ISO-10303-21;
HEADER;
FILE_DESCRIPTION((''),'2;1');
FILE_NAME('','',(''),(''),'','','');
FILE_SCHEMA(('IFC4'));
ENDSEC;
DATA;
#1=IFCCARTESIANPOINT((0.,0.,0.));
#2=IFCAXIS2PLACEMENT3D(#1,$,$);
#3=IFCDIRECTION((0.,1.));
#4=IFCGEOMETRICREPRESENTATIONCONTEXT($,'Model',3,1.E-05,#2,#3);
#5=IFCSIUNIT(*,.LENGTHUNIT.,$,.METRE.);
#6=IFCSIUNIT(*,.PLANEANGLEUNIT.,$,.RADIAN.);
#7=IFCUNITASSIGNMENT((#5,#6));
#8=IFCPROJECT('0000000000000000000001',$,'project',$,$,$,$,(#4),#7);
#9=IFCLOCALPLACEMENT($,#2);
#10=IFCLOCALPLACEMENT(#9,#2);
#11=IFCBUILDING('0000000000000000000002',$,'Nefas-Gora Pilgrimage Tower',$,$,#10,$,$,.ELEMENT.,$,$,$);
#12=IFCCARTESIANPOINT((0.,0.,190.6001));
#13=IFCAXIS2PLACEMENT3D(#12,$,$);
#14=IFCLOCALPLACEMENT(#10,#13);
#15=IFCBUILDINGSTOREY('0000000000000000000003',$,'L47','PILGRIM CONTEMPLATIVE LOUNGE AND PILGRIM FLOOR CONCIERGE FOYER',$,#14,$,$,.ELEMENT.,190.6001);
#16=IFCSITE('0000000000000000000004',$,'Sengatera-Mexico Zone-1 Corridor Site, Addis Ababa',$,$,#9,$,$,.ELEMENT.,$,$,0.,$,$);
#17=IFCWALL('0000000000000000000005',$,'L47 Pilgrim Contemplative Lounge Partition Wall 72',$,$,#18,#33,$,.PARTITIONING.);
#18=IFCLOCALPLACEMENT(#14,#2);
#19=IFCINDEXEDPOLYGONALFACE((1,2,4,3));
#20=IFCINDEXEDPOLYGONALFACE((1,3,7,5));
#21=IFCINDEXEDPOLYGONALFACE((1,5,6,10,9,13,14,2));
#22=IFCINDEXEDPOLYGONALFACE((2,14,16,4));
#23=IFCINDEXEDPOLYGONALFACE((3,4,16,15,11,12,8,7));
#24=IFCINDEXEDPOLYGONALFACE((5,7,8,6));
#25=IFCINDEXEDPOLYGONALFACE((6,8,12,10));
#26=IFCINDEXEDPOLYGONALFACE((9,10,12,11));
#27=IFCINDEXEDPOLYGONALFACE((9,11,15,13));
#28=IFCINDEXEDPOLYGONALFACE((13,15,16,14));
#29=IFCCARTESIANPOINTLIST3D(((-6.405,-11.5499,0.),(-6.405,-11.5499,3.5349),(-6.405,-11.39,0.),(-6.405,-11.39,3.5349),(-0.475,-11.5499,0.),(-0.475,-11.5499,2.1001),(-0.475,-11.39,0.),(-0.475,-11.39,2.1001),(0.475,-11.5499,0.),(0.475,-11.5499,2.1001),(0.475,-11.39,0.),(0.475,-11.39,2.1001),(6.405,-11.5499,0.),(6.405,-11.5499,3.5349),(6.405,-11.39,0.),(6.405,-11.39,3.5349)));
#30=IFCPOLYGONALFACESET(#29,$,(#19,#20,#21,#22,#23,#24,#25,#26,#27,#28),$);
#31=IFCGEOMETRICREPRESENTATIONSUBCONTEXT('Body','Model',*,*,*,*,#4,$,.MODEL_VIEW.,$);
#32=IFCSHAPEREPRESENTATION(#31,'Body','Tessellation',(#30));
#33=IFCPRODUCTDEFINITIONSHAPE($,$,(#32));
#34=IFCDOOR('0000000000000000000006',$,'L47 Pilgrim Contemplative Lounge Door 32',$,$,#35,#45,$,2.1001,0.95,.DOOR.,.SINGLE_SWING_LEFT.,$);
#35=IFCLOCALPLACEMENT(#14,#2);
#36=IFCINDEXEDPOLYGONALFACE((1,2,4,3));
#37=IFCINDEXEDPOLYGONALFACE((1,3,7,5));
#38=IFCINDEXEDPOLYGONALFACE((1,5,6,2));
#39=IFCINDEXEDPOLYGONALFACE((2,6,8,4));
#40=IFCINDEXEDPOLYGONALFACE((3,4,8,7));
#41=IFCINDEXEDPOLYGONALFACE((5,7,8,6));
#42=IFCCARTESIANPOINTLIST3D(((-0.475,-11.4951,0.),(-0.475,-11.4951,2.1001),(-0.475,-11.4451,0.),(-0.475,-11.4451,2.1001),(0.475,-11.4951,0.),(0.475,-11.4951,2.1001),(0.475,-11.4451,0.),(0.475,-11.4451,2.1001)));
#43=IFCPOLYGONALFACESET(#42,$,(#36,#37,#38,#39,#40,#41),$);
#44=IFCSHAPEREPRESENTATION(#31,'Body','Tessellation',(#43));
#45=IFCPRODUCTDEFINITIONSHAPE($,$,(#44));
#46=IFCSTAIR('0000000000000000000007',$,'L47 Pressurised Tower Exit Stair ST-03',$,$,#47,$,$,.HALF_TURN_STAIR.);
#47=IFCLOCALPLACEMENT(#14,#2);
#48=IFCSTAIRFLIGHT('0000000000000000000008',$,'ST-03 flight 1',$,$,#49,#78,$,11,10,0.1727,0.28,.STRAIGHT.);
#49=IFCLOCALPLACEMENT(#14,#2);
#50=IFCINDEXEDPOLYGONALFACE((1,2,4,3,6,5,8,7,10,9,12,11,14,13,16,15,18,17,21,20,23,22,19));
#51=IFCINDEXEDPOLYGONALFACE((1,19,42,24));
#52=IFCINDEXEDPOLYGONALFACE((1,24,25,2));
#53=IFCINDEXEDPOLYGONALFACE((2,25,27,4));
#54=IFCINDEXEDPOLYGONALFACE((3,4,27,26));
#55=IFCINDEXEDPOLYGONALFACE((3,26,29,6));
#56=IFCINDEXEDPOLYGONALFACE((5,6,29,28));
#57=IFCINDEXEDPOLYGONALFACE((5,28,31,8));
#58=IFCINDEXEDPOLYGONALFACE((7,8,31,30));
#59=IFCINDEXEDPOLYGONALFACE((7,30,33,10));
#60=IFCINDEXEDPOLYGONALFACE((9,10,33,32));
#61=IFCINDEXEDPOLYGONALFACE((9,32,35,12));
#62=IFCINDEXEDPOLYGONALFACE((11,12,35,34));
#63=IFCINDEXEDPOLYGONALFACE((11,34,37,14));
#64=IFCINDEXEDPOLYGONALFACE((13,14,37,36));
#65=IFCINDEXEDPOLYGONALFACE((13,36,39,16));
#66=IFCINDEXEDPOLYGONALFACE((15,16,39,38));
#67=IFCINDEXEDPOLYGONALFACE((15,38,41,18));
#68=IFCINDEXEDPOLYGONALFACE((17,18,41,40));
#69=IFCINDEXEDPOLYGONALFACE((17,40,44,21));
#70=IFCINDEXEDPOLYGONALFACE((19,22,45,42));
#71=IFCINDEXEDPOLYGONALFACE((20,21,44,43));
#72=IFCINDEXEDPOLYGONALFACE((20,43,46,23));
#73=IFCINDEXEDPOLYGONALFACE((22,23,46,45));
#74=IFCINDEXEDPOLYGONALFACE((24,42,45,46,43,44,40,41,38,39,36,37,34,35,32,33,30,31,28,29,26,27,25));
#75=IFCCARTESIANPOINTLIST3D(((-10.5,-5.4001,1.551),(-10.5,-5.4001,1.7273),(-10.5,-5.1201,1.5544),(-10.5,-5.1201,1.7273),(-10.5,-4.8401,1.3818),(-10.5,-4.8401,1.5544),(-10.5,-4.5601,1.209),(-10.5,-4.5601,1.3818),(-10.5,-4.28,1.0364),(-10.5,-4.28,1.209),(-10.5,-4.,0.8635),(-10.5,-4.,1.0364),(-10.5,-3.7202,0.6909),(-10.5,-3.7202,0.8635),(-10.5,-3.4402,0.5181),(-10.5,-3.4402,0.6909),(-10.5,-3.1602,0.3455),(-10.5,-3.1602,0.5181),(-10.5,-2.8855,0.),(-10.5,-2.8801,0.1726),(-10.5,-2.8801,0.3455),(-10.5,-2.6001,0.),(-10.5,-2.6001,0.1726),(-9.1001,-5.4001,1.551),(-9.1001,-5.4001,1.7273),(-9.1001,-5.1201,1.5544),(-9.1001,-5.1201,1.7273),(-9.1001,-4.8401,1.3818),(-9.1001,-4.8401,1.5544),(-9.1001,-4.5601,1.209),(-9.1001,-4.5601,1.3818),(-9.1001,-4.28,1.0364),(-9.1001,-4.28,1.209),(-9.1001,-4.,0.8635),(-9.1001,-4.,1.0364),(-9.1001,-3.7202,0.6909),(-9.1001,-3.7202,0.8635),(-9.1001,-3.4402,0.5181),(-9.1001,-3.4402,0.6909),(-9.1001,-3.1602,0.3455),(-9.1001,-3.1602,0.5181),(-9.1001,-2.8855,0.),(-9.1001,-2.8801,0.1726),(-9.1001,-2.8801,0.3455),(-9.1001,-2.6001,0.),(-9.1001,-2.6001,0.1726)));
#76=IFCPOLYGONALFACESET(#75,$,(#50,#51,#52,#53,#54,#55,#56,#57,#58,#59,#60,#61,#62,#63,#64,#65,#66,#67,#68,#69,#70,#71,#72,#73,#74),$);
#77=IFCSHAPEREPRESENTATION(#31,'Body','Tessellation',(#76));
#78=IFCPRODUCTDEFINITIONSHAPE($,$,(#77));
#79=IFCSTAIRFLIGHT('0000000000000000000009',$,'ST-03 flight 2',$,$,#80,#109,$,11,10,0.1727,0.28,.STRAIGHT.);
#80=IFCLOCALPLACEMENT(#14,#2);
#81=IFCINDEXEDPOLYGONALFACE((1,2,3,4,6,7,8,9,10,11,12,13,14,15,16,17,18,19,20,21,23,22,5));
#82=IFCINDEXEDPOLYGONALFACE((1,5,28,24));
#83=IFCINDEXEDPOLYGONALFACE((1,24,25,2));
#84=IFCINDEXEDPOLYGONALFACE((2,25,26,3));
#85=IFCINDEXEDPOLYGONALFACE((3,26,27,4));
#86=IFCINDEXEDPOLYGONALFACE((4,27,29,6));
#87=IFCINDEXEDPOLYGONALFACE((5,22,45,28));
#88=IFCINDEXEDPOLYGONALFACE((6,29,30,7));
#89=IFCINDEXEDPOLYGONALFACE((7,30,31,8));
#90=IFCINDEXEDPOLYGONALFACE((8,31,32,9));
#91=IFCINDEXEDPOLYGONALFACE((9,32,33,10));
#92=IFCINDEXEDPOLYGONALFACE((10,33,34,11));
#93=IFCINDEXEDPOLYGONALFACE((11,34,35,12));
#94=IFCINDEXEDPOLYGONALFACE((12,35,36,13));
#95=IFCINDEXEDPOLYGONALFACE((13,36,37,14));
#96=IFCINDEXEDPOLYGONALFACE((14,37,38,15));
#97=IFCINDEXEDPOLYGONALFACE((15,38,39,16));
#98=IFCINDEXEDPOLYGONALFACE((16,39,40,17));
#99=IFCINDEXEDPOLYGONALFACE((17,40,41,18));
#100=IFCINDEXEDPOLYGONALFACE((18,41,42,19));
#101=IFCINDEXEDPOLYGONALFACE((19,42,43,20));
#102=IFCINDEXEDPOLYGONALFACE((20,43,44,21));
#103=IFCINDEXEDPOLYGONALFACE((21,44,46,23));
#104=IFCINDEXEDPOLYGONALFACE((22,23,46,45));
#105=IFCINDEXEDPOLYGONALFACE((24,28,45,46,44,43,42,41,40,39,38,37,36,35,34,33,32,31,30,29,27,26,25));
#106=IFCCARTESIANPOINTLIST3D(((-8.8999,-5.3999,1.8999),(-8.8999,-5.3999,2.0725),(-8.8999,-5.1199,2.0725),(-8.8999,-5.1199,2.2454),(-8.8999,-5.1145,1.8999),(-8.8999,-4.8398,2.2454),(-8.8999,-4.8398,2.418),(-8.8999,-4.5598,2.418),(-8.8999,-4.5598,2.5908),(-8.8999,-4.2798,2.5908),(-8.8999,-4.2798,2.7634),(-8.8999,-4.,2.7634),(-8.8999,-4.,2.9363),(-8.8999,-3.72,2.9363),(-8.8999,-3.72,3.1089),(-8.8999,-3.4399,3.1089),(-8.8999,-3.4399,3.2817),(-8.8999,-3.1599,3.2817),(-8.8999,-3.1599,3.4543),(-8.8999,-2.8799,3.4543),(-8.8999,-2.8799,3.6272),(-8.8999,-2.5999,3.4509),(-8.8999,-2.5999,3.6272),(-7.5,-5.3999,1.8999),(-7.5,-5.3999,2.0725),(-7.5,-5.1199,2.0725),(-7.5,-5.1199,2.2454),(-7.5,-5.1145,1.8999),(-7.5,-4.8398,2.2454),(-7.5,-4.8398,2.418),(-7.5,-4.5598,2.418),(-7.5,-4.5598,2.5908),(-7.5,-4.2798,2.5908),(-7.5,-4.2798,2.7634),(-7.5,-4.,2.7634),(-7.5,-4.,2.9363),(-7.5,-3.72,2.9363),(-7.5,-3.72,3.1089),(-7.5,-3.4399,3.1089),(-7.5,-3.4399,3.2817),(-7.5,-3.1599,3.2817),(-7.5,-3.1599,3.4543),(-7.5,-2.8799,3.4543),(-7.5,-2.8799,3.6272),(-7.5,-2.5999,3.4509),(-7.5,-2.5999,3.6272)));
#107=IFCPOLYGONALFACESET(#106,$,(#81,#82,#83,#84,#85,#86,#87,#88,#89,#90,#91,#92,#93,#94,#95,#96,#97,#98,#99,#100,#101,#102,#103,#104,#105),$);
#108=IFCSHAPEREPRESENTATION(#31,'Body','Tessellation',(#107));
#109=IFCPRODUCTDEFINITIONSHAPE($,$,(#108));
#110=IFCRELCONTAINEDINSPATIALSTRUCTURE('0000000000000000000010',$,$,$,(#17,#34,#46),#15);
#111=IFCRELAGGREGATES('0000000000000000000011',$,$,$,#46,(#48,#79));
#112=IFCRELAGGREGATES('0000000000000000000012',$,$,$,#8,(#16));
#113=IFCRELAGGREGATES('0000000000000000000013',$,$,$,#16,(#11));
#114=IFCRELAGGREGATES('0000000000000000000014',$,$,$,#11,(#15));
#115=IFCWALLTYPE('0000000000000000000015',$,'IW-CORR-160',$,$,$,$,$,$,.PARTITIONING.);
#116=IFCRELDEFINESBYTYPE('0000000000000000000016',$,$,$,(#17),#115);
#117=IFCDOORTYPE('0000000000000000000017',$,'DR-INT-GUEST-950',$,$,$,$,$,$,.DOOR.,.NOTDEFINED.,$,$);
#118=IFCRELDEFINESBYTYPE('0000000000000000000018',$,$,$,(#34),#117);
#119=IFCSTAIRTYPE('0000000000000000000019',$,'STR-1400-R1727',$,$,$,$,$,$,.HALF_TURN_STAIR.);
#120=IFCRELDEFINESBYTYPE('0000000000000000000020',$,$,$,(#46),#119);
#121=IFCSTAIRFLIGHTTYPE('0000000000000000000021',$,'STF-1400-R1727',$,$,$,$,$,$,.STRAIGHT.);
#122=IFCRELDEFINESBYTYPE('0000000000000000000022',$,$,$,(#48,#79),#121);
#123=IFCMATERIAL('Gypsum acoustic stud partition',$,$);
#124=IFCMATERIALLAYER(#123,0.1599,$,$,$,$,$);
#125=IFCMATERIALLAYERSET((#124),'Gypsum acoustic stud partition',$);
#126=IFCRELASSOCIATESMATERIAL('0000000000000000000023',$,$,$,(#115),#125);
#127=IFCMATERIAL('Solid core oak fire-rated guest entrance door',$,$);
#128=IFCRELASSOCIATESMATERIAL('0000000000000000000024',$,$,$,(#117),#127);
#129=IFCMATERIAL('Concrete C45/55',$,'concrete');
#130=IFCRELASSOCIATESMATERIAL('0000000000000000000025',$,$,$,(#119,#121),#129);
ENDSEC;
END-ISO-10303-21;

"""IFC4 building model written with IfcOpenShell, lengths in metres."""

from ifc_helpers import new_model, si_unit, direction, frame, frame_2d, origin, place, context, subcontext, project, spatial, polyline, rectangle, outline, extrude, source, transform, mapped, material, layer, layer_set, type_object, element, fill, aggregate, save


model = new_model("IFC4")

# Units and contexts
model_context = context("Model", 3, precision=1e-05, world=origin(), true_north=direction((0.0, 1.0)))
body_context = subcontext(model_context, "Body", "Model", "MODEL_VIEW")
ifc_project = project(units=[si_unit("LENGTHUNIT", "METRE"), si_unit("PLANEANGLEUNIT", "RADIAN")], contexts=[model_context])

# Site, building, storey
site_placement = place(None, origin())
site = spatial("IfcSite", under=ifc_project, at=site_placement, Name="Sengatera-Mexico Zone-1 Corridor Site, Addis Ababa", CompositionType="ELEMENT", RefElevation=0.0)
building_placement = place(site_placement, origin())
building = spatial("IfcBuilding", under=site, at=building_placement, Name="Nefas-Gora Pilgrimage Tower", CompositionType="ELEMENT")
storey_placement = place(building_placement, frame((0.0, 0.0, 190.6001)))
storey = spatial("IfcBuildingStorey", under=building, at=storey_placement, Name="L47", Description="PILGRIM CONTEMPLATIVE LOUNGE AND PILGRIM FLOOR CONCIERGE FOYER", CompositionType="ELEMENT", Elevation=190.6001)

# Shared definitions
ifc_material_1 = material(Name="Concrete C45/55", Category="concrete")

# Shared definitions
ifc_material_2 = material(Name="Gypsum acoustic stud partition")
ifc_layer_1 = layer(ifc_material_2, 0.1599)
ifc_layer_set_1 = layer_set([ifc_layer_1], Name="Gypsum acoustic stud partition")
wall_type_1 = type_object("IfcWallType", Name="IW-CORR-160", PredefinedType="PARTITIONING", material=ifc_layer_set_1)

# Wall, opening, door
shared_shape_1 = source(origin(), body_context, "Body", "SweptSolid", [
    extrude(rectangle(XDim=12.8101, YDim=0.1599, at=frame_2d((6.405, 0.0))), origin(), (0.0, 0.0, 1.0), 3.5349),
])
wall_1_placement = place(storey_placement, frame((-6.405, -11.47, 0.0), z_axis=(0.0, 0.0, 1.0), x_axis=(1.0, 0.0, 0.0)))
wall_1 = element("IfcWall", 1, at=wall_1_placement, inside=storey, type_object=wall_type_1, Name="L47 Pilgrim Contemplative Lounge Partition Wall 72", PredefinedType="PARTITIONING", context=body_context, shape_type="MappedRepresentation", body=[
    mapped(shared_shape_1, transform((0.0, 0.0, 0.0), x_axis=(1.0, 0.0, 0.0), y_axis=(0.0, 1.0, 0.0), z_axis=(0.0, 0.0, 1.0), scale=1.0)),
])
opening_1_placement = place(wall_1_placement, frame((5.9299, 0.0, 0.0)))
opening_1 = element("IfcOpeningElement", 2, at=opening_1_placement, cuts=wall_1, PredefinedType="OPENING", context=body_context, shape_type="SweptSolid", body=[
    extrude(rectangle(XDim=0.95, YDim=2.1001, at=frame_2d((0.4751, 1.05))), frame((0.0, 0.0898, 0.0), z_axis=(0.0, -1.0, 0.0), x_axis=(1.0, 0.0, 0.0)), (0.0, 0.0, 1.0), 0.1799),
])
ifc_material_3 = material(Name="Solid core oak fire-rated guest entrance door")
door_type_1 = type_object("IfcDoorType", Name="DR-INT-GUEST-950", OperationType="NOTDEFINED", PredefinedType="DOOR", material=ifc_material_3)
shared_shape_2 = source(origin(), body_context, "Body", "SweptSolid", [
    extrude(rectangle(XDim=0.95, YDim=2.1001, at=frame_2d((0.4751, 1.05))), frame((0.0, 0.0249, 0.0), z_axis=(0.0, -1.0, 0.0), x_axis=(1.0, 0.0, 0.0)), (0.0, 0.0, 1.0), 0.05),
])
door_1_placement = place(opening_1_placement, origin())
door_1 = element("IfcDoor", 3, at=door_1_placement, inside=storey, type_object=door_type_1, Name="L47 Pilgrim Contemplative Lounge Door 32", OperationType="SINGLE_SWING_LEFT", OverallHeight=2.1001, OverallWidth=0.95, PredefinedType="DOOR", context=body_context, shape_type="MappedRepresentation", body=[
    mapped(shared_shape_2, transform((0.0, 0.0, 0.0), x_axis=(1.0, 0.0, 0.0), y_axis=(0.0, 1.0, 0.0), z_axis=(0.0, 0.0, 1.0), scale=1.0)),
])
fill(opening_1, door_1)

# Stair, stair flights
stair_type = type_object("IfcStairType", Name="STR-1400-R1727", PredefinedType="HALF_TURN_STAIR", material=ifc_material_1)
stair_placement = place(storey_placement, origin())
stair = element("IfcStair", 4, at=stair_placement, inside=storey, type_object=stair_type, Name="L47 Pressurised Tower Exit Stair ST-03", PredefinedType="HALF_TURN_STAIR")
stair_flight_type = type_object("IfcStairFlightType", Name="STF-1400-R1727", PredefinedType="STRAIGHT", material=ifc_material_1)
shared_shape_3 = source(origin(), body_context, "Body", "SweptSolid", [
    extrude(outline(polyline([(0.0, 0.0), (0.0, 0.1726), (0.28, 0.1726), (0.28, 0.3455), (0.5601, 0.3455), (0.5601, 0.5181), (0.8401, 0.5181), (0.8401, 0.6909), (1.1201, 0.6909), (1.1201, 0.8635), (1.3999, 0.8635), (1.3999, 1.0364), (1.6799, 1.0364), (1.6799, 1.209), (1.96, 1.209), (1.96, 1.3818), (2.24, 1.3818), (2.24, 1.5544), (2.52, 1.5544), (2.52, 1.7273), (2.8, 1.7273), (2.8, 1.8999), (2.8, 1.551), (0.2854, 0.0), (0.0, 0.0)])), frame((0.0, 0.7, 0.0), z_axis=(0.0, -1.0, 0.0), x_axis=(1.0, 0.0, 0.0)), (0.0, 0.0, 1.0), 1.3999),
])
stair_flight_1_placement = place(storey_placement, frame((-9.8, -2.6001, 0.0), z_axis=(0.0, 0.0, 1.0), x_axis=(0.0, -1.0, 0.0)))
stair_flight_1 = element("IfcStairFlight", 5, at=stair_flight_1_placement, type_object=stair_flight_type, Name="ST-03 flight 1", NumberOfRisers=11, NumberOfTreads=10, PredefinedType="STRAIGHT", RiserHeight=0.1727, TreadLength=0.28, context=body_context, shape_type="MappedRepresentation", body=[
    mapped(shared_shape_3, transform((0.0, 0.0, 0.0), x_axis=(1.0, 0.0, 0.0), y_axis=(0.0, 1.0, 0.0), z_axis=(0.0, 0.0, 1.0), scale=1.0)),
])
stair_flight_2_placement = place(storey_placement, frame((-8.2, -5.3999, 1.8999), z_axis=(0.0, 0.0, 1.0), x_axis=(0.0, 1.0, 0.0)))
stair_flight_2 = element("IfcStairFlight", 6, at=stair_flight_2_placement, type_object=stair_flight_type, Name="ST-03 flight 2", NumberOfRisers=11, NumberOfTreads=10, PredefinedType="STRAIGHT", RiserHeight=0.1727, TreadLength=0.28, context=body_context, shape_type="MappedRepresentation", body=[
    mapped(shared_shape_3, transform((0.0, 0.0, 0.0), x_axis=(1.0, 0.0, 0.0), y_axis=(0.0, 1.0, 0.0), z_axis=(0.0, 0.0, 1.0), scale=1.0)),
])
aggregate(stair, [stair_flight_1, stair_flight_2])

save(model, "model.ifc")
